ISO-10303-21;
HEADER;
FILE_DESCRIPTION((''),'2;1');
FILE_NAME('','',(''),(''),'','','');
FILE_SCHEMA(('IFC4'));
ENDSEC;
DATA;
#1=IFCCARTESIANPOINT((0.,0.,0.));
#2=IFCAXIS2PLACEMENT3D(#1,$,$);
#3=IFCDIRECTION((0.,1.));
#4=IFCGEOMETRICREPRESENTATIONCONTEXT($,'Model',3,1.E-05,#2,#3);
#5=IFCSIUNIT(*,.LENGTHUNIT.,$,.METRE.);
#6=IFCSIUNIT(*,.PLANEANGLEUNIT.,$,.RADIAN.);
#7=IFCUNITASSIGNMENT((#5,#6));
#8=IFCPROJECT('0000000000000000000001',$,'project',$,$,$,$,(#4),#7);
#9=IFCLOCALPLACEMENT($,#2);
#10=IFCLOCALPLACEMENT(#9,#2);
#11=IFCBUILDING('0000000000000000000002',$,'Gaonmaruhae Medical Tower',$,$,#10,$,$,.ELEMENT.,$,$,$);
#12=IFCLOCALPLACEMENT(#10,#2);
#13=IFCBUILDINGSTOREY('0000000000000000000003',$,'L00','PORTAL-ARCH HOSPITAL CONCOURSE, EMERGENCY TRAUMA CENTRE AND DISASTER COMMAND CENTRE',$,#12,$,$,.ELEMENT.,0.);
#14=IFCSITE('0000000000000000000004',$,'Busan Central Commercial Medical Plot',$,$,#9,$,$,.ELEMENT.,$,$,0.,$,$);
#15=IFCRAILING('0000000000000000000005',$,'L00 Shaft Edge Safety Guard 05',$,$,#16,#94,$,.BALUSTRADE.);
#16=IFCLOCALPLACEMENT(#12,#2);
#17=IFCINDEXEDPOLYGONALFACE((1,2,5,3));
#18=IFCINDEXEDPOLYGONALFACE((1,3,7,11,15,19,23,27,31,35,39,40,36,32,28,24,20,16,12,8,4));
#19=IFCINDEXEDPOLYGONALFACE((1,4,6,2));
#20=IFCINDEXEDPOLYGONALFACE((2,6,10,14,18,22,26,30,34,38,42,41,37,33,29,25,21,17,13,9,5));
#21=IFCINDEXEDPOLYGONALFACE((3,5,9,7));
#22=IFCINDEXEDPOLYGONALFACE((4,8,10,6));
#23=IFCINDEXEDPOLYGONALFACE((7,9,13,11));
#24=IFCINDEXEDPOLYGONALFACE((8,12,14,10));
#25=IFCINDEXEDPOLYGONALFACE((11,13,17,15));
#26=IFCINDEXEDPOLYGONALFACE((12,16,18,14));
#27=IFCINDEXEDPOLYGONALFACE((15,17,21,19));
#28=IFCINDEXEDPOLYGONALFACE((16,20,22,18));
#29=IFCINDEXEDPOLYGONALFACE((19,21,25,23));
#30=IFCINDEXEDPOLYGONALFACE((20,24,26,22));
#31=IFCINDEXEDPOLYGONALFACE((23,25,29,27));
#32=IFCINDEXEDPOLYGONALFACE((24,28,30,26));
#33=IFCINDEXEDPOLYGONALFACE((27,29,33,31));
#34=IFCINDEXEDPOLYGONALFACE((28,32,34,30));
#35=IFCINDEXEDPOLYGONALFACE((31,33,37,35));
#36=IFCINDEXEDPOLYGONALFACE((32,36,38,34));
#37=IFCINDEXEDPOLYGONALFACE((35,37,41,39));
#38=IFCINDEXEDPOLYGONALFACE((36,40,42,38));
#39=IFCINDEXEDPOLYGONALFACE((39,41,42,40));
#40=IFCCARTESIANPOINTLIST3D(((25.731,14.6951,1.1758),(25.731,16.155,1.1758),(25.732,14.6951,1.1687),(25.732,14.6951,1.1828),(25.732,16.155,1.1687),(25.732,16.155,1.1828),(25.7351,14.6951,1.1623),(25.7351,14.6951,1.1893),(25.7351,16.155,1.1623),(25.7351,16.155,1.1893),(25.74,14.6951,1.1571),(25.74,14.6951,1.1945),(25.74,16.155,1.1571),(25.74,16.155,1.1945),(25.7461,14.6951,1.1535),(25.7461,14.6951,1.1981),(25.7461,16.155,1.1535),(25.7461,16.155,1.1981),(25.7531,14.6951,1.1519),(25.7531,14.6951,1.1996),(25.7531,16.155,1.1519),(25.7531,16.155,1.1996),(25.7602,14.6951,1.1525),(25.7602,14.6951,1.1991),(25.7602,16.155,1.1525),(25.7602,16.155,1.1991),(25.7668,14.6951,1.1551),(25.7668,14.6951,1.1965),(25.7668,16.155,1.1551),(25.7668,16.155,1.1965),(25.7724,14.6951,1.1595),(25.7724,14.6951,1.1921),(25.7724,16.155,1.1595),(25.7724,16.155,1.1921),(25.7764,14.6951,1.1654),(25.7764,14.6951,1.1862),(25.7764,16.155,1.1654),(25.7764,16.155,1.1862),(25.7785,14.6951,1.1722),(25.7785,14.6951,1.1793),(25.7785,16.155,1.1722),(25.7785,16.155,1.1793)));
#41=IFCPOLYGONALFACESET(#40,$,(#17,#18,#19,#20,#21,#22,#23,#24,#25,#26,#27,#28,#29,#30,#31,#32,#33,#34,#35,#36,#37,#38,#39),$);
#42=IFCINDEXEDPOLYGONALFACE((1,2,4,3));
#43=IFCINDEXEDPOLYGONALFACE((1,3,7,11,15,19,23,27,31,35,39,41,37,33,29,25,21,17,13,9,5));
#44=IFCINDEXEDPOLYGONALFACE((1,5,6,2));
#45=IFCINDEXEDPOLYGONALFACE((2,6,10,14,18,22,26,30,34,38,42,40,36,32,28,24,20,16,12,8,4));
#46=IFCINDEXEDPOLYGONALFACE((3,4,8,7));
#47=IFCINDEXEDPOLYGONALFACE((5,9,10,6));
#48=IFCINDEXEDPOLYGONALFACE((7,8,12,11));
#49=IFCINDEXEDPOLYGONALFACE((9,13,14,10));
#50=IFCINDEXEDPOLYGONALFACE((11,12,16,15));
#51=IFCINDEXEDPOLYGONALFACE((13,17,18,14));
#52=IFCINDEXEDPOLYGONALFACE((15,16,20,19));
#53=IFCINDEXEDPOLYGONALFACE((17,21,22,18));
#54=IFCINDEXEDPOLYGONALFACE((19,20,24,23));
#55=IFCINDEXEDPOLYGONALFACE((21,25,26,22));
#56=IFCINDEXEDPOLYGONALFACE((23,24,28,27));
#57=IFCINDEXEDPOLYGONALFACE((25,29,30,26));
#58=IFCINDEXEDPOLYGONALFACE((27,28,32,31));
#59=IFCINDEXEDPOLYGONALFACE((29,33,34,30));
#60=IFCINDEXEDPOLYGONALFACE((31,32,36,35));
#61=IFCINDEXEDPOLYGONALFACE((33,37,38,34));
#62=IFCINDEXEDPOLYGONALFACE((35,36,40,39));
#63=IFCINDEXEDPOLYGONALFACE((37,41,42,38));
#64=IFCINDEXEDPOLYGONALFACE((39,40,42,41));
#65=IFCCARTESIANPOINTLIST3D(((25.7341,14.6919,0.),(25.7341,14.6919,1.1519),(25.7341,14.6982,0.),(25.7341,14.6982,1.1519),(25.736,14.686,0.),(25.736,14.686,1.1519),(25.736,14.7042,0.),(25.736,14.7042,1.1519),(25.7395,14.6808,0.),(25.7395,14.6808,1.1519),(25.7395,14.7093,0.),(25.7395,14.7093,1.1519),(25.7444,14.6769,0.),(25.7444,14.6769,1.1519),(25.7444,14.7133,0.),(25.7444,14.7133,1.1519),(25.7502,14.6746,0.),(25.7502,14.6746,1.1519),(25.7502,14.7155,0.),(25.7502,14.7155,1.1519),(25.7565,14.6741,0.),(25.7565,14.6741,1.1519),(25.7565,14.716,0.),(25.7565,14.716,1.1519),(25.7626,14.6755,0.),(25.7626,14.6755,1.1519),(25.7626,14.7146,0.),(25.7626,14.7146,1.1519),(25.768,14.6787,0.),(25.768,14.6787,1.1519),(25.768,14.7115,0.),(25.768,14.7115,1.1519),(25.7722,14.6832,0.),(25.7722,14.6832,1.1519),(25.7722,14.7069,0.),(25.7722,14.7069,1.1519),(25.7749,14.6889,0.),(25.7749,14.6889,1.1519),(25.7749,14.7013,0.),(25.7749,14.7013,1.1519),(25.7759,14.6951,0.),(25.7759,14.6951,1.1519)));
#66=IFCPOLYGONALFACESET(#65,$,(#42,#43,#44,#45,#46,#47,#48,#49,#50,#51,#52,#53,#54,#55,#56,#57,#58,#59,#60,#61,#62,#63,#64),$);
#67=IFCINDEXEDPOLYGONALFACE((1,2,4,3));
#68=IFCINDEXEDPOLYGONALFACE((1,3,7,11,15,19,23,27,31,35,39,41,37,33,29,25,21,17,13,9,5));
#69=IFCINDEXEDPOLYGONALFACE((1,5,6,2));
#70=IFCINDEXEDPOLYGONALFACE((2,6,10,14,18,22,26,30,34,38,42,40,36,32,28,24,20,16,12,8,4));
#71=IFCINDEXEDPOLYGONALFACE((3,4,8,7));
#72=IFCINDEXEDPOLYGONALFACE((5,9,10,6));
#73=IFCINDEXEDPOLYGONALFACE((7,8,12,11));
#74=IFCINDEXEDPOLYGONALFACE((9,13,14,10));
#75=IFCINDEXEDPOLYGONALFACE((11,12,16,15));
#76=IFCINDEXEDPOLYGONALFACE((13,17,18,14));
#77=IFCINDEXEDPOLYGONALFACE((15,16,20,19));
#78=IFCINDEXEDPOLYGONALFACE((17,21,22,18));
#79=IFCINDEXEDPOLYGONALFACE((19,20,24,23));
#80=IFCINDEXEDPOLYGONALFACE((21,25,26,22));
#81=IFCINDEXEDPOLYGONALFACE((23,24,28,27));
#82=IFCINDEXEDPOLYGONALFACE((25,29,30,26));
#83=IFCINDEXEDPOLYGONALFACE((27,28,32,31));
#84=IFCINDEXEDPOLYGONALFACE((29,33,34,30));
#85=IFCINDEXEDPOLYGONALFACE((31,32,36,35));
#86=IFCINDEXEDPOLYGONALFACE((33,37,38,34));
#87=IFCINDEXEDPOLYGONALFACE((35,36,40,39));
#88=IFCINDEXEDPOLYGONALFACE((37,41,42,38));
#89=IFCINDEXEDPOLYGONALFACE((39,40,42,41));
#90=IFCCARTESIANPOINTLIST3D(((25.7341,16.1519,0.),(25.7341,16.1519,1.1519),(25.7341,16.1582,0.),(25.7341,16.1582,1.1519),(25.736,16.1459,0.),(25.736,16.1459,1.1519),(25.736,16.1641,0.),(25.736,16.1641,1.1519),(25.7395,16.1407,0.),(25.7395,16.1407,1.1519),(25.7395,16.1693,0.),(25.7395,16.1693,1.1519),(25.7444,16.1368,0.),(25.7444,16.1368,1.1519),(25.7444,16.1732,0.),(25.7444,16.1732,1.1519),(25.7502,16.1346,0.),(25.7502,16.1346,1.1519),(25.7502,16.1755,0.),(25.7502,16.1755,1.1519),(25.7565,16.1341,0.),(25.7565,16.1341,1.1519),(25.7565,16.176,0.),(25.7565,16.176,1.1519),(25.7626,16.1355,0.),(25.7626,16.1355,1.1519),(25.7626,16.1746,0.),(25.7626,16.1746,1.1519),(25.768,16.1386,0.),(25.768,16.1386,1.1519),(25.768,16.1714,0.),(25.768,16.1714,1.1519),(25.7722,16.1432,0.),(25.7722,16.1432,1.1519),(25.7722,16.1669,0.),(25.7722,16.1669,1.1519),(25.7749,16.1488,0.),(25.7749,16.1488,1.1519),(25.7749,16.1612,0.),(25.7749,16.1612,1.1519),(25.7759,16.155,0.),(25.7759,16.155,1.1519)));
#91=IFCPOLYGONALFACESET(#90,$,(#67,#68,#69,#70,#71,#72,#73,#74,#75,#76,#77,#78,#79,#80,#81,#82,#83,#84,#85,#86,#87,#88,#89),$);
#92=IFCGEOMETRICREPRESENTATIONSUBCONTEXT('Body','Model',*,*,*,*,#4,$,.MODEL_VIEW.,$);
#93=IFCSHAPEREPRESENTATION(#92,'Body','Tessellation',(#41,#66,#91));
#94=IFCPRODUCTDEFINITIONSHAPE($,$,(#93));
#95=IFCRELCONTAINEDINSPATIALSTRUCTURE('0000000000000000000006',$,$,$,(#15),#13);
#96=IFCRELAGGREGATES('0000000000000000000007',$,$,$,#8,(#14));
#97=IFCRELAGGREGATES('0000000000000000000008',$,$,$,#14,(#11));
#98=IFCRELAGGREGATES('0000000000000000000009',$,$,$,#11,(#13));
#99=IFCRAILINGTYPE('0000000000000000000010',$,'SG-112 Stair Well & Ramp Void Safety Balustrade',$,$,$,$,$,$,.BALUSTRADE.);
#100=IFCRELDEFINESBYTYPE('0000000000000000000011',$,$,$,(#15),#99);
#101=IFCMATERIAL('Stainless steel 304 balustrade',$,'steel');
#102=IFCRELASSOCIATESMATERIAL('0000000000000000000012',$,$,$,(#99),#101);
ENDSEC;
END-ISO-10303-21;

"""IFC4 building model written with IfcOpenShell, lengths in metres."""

from ifc_helpers import new_model, si_unit, direction, frame, origin, origin_2d, place, context, subcontext, project, spatial, circle, extrude, material, type_object, element, save


model = new_model("IFC4")

# Units and contexts
model_context = context("Model", 3, precision=1e-05, world=origin(), true_north=direction((0.0, 1.0)))
body_context = subcontext(model_context, "Body", "Model", "MODEL_VIEW")
ifc_project = project(units=[si_unit("LENGTHUNIT", "METRE"), si_unit("PLANEANGLEUNIT", "RADIAN")], contexts=[model_context])

# Site, building, storey
site_placement = place(None, origin())
site = spatial("IfcSite", under=ifc_project, at=site_placement, Name="Busan Central Commercial Medical Plot", CompositionType="ELEMENT", RefElevation=0.0)
building_placement = place(site_placement, origin())
building = spatial("IfcBuilding", under=site, at=building_placement, Name="Gaonmaruhae Medical Tower", CompositionType="ELEMENT")
storey_placement = place(building_placement, origin())
storey = spatial("IfcBuildingStorey", under=building, at=storey_placement, Name="L00", Description="PORTAL-ARCH HOSPITAL CONCOURSE, EMERGENCY TRAUMA CENTRE AND DISASTER COMMAND CENTRE", CompositionType="ELEMENT", Elevation=0.0)

# Railing
ifc_material_1 = material(Name="Stainless steel 304 balustrade", Category="steel")
railing_type = type_object("IfcRailingType", Name="SG-112 Stair Well & Ramp Void Safety Balustrade", PredefinedType="BALUSTRADE", material=ifc_material_1)
railing_1_placement = place(storey_placement, frame((25.7549, 14.6951, 0.0)))
element("IfcRailing", 1, at=railing_1_placement, inside=storey, type_object=railing_type, Name="L00 Shaft Edge Safety Guard 05", PredefinedType="BALUSTRADE", context=body_context, shape_type="SweptSolid", body=[
    extrude(circle(Radius=0.0239, at=origin_2d()), frame((0.0, 0.0, 1.1758), z_axis=(0.0, 1.0, 0.0), x_axis=(-1.0, 0.0, 0.0)), (0.0, 0.0, 1.0), 1.46),
    extrude(circle(Radius=0.021, at=origin_2d()), origin(), (0.0, 0.0, 1.0), 1.1519),
    extrude(circle(Radius=0.021, at=origin_2d()), frame((0.0, 1.46, 0.0)), (0.0, 0.0, 1.0), 1.1519),
])

save(model, "model.ifc")
